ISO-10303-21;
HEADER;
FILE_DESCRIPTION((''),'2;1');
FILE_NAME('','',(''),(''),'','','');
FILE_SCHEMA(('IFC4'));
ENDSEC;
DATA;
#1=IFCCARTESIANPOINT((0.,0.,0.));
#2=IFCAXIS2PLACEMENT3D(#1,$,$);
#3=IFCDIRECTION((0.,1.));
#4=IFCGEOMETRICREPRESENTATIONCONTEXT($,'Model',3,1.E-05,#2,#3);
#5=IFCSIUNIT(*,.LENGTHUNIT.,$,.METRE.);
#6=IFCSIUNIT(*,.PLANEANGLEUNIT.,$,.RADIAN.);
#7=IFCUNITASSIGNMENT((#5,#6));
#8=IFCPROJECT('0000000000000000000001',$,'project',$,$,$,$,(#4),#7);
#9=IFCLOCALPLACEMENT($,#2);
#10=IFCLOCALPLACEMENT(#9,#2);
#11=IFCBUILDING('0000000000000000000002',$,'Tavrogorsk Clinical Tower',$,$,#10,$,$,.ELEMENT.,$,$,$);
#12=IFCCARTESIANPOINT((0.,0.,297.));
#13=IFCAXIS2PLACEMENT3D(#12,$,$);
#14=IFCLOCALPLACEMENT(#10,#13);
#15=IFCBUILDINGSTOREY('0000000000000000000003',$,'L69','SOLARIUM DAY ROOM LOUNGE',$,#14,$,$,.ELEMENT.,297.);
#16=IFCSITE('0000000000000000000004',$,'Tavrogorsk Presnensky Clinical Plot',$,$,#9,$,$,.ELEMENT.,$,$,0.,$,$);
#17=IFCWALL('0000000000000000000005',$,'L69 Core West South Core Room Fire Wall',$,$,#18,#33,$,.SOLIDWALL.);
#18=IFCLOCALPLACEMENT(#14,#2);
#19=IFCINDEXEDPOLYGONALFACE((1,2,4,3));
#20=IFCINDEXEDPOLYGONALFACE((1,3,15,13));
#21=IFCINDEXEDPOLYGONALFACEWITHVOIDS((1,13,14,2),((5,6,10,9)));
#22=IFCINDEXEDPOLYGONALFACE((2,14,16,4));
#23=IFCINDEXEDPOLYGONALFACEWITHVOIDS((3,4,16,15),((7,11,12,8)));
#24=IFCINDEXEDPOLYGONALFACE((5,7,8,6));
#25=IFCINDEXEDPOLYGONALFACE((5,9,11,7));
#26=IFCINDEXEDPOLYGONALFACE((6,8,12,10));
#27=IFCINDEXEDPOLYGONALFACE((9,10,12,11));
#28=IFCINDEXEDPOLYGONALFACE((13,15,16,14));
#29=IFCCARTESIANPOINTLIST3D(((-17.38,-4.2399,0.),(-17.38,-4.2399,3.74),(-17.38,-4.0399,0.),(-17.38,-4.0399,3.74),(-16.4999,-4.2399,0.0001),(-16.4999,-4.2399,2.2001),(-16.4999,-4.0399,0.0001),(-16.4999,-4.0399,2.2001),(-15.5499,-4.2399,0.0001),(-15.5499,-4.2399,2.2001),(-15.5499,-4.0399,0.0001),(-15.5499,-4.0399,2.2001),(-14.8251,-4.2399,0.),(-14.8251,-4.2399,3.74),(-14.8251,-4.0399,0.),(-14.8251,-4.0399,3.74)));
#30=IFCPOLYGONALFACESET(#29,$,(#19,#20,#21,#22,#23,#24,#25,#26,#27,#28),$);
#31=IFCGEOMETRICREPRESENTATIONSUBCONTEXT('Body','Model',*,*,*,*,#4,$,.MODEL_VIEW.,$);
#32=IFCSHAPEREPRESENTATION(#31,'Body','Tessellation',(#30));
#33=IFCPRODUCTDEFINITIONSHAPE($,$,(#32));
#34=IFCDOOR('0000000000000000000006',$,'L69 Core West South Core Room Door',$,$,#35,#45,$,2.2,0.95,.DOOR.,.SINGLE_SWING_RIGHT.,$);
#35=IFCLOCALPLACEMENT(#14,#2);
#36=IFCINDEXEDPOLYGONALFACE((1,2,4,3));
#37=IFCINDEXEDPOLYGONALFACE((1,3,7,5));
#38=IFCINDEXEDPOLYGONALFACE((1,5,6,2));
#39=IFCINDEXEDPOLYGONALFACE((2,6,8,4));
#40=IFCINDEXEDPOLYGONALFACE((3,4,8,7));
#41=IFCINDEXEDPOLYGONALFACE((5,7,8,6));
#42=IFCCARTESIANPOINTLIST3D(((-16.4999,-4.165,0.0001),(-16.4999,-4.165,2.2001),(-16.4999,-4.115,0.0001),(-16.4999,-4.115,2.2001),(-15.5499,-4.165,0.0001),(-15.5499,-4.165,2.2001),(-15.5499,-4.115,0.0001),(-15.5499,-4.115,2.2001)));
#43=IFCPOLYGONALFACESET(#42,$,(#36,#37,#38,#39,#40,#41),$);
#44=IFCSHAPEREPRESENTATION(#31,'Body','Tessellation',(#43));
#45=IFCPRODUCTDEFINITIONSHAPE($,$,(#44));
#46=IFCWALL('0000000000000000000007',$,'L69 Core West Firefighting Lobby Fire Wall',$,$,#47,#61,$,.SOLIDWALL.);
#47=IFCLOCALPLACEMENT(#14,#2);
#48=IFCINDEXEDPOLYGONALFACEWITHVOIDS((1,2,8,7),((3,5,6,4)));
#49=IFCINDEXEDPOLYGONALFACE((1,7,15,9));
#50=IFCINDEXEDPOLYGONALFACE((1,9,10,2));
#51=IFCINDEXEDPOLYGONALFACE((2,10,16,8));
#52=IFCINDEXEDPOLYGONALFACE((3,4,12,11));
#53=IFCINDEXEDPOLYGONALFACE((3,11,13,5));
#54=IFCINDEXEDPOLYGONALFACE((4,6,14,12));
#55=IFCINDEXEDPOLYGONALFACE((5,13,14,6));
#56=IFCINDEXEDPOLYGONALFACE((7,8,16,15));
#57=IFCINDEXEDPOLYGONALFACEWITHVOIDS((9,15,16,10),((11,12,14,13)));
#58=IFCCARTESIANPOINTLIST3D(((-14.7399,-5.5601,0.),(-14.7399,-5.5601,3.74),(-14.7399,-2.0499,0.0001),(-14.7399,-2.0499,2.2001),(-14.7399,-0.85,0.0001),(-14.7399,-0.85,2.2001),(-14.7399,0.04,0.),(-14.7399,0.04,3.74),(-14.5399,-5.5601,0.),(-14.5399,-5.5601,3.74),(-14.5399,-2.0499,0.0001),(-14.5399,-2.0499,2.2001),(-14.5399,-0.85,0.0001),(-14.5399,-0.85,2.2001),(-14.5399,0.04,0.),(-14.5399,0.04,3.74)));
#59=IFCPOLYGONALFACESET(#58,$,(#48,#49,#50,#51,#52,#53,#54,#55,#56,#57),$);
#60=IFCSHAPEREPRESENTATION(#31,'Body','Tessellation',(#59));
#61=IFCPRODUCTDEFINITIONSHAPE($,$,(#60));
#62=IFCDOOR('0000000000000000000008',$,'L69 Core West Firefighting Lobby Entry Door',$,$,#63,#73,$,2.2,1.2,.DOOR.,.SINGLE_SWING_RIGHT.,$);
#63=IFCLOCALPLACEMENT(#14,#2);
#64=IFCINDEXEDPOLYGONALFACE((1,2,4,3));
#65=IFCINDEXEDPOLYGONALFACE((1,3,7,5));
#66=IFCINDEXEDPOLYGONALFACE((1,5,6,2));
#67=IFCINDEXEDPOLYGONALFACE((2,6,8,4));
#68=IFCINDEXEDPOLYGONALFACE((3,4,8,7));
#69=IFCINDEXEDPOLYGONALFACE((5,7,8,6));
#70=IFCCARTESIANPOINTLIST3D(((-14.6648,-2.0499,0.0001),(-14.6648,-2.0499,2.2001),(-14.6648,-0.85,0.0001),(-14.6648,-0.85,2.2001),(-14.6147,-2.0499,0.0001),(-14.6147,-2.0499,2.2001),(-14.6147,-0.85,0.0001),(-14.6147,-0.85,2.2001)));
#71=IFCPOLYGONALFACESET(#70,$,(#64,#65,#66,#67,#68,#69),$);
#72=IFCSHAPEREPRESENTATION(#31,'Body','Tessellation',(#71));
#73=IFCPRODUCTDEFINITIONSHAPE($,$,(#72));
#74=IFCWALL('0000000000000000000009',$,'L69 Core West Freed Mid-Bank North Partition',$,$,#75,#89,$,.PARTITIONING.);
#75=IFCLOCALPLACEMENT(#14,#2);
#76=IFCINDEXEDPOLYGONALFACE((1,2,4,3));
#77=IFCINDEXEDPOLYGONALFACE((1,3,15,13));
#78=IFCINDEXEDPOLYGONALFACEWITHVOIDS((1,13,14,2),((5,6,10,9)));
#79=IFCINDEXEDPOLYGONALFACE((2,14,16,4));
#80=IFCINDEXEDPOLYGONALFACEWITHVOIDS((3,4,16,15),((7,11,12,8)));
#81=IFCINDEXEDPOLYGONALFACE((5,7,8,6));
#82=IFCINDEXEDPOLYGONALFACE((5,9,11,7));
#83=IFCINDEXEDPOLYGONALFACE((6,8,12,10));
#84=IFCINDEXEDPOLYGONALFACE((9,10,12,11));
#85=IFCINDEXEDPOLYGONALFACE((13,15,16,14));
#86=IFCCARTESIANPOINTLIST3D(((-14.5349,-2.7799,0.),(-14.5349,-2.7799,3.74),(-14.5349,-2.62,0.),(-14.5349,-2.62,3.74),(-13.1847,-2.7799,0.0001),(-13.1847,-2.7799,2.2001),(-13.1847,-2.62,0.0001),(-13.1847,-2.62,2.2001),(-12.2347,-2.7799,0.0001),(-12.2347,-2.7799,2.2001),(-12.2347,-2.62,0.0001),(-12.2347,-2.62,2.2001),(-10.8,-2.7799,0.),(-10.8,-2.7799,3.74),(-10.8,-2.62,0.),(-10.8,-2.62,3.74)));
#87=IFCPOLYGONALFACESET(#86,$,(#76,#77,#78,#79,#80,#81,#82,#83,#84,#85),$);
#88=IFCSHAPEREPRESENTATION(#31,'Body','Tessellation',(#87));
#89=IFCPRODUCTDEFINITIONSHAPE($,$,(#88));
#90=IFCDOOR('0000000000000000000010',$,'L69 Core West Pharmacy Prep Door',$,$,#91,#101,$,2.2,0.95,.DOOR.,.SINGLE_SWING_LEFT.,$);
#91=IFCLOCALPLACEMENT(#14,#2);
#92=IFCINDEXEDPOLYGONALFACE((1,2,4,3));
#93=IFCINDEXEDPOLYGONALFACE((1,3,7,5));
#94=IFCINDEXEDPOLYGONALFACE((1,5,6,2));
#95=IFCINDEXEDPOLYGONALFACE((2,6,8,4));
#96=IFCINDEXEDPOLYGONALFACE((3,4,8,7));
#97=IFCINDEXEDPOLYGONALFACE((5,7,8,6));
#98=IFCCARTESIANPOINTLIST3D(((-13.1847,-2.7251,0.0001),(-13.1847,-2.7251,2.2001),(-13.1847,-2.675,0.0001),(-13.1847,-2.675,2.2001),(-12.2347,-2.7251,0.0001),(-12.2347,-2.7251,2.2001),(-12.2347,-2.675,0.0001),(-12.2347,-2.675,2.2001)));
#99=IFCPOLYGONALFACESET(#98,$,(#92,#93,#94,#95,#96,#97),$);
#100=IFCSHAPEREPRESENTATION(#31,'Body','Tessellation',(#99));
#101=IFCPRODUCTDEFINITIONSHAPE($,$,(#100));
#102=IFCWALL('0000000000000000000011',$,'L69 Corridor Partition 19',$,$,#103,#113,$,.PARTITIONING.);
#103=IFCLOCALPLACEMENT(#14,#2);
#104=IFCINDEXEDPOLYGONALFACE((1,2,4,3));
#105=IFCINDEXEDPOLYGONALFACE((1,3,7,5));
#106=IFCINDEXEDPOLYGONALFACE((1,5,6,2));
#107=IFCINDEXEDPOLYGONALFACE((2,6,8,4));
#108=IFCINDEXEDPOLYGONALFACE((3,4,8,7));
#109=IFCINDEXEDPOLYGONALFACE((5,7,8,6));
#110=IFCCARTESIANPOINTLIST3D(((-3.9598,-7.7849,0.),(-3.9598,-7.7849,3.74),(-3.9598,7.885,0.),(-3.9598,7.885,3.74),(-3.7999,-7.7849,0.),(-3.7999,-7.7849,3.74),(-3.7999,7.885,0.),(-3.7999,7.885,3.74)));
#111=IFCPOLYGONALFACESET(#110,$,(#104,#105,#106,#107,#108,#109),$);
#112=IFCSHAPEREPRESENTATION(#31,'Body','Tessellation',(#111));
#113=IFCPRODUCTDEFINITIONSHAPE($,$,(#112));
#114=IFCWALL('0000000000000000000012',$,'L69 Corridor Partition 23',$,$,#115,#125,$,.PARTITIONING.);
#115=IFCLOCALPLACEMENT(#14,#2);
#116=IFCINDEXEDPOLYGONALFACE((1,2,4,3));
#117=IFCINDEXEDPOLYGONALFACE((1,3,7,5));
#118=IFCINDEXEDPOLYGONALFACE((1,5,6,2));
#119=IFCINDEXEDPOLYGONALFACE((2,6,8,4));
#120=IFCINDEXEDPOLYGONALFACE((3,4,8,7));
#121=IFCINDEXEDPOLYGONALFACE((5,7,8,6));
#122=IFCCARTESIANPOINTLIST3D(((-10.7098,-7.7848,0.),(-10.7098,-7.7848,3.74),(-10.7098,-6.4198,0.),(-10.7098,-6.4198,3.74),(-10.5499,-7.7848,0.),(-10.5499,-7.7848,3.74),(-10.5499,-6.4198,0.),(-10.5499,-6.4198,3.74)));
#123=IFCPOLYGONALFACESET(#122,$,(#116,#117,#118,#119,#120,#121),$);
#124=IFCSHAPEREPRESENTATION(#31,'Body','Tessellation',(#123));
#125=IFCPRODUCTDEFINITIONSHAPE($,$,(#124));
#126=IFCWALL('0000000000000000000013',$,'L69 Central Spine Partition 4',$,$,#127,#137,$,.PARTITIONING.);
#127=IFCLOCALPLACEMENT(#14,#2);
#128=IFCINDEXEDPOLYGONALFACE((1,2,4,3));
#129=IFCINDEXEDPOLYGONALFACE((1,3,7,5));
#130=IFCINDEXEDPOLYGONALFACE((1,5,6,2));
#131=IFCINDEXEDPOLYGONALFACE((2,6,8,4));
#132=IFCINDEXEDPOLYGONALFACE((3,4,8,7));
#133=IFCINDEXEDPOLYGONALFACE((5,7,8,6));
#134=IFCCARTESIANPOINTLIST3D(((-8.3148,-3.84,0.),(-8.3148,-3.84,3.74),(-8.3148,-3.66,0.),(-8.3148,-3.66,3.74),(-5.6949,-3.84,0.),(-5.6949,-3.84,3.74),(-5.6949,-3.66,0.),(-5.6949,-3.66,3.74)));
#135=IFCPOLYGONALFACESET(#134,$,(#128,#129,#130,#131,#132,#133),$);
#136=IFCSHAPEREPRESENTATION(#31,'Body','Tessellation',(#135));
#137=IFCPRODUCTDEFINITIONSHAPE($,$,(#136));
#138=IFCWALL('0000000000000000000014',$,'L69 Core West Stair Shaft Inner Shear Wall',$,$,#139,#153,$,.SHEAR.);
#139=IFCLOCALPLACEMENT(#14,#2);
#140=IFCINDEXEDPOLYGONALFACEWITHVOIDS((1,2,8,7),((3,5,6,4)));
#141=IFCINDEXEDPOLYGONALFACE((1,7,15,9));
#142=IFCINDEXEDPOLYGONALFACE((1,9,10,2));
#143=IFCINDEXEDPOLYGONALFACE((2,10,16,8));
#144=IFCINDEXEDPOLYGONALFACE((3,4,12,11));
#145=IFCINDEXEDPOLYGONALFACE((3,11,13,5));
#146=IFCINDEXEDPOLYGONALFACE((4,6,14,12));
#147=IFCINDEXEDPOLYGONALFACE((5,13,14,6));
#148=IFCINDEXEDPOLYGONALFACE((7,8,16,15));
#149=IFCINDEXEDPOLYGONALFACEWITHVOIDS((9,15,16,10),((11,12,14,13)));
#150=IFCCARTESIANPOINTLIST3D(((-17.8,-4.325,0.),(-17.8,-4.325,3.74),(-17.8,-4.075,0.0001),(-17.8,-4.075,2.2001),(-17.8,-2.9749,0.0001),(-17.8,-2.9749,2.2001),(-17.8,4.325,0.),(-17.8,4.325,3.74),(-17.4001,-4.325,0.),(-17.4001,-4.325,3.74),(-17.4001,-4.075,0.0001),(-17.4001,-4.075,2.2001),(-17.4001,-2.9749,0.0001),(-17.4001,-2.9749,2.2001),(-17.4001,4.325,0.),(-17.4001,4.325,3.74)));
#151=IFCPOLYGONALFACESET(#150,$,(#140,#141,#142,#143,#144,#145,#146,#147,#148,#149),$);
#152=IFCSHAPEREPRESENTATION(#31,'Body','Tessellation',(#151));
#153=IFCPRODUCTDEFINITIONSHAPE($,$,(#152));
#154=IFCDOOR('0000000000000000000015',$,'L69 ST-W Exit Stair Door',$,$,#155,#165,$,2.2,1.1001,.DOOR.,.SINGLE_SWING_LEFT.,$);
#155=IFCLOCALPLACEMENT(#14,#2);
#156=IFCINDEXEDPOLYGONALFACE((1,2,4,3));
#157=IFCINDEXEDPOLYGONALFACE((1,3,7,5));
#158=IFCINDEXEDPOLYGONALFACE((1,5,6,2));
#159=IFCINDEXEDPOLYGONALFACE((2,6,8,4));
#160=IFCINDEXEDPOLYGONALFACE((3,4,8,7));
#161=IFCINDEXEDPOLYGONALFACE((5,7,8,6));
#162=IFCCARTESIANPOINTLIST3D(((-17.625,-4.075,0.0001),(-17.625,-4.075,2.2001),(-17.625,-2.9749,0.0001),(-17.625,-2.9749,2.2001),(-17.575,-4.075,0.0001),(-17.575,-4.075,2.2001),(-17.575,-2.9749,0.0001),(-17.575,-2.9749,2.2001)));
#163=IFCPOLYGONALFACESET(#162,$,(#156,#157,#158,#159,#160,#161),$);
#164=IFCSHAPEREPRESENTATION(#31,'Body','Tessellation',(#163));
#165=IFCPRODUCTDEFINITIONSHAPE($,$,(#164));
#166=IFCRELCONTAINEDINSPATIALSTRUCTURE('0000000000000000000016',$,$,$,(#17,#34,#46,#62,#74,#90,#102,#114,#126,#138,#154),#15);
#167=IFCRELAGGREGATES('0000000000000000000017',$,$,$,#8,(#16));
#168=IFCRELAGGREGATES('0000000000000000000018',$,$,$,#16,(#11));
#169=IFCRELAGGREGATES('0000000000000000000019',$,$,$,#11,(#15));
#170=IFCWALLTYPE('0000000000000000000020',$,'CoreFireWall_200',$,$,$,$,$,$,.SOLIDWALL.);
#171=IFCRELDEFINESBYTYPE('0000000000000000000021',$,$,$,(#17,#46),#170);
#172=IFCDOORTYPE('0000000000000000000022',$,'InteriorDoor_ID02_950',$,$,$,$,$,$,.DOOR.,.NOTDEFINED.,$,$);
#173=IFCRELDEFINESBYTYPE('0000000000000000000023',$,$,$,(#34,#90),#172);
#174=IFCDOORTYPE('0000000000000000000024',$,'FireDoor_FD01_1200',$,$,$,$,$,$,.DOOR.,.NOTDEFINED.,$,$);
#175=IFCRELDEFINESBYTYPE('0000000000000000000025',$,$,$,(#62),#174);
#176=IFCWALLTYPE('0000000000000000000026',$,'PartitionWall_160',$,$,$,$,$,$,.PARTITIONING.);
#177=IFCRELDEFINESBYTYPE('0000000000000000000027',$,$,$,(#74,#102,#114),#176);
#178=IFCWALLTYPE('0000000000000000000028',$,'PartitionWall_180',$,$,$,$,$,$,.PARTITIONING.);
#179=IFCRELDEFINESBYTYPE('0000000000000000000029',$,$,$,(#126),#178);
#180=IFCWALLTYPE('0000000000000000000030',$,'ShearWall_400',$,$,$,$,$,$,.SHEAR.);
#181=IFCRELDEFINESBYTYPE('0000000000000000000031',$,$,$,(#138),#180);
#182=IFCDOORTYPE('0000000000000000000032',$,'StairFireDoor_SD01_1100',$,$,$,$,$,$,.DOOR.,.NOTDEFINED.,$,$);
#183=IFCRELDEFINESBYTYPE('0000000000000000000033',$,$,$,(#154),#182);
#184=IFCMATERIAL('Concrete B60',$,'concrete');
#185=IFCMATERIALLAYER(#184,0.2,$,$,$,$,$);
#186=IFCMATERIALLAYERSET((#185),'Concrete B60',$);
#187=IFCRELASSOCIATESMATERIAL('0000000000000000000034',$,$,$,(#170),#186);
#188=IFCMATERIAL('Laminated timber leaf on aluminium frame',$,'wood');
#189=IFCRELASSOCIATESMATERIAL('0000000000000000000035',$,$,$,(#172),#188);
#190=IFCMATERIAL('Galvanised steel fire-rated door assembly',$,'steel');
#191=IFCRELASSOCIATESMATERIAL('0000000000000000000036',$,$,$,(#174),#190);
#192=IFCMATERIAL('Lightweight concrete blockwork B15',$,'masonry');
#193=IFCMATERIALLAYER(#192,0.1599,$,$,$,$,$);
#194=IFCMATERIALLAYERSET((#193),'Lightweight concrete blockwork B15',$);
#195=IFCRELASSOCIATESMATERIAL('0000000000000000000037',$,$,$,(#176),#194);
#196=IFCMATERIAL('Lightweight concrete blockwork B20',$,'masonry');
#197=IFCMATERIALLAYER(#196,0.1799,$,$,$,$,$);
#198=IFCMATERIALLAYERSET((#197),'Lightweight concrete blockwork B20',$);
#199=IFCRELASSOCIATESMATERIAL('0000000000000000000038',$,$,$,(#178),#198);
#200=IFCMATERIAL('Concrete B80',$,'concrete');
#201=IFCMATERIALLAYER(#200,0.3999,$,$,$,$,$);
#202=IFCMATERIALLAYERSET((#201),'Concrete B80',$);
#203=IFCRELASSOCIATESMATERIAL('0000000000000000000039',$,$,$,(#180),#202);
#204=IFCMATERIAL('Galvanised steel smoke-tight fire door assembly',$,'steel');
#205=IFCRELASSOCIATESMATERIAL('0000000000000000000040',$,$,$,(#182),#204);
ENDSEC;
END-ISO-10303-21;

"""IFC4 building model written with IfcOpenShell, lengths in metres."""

from ifc_helpers import new_model, si_unit, direction, frame, frame_2d, origin, place, context, subcontext, project, spatial, rectangle, extrude, material, layer, layer_set, type_object, element, fill, save


model = new_model("IFC4")

# Units and contexts
model_context = context("Model", 3, precision=1e-05, world=origin(), true_north=direction((0.0, 1.0)))
body_context = subcontext(model_context, "Body", "Model", "MODEL_VIEW")
ifc_project = project(units=[si_unit("LENGTHUNIT", "METRE"), si_unit("PLANEANGLEUNIT", "RADIAN")], contexts=[model_context])

# Site, building, storey
site_placement = place(None, origin())
site = spatial("IfcSite", under=ifc_project, at=site_placement, Name="Tavrogorsk Presnensky Clinical Plot", CompositionType="ELEMENT", RefElevation=0.0)
building_placement = place(site_placement, origin())
building = spatial("IfcBuilding", under=site, at=building_placement, Name="Tavrogorsk Clinical Tower", CompositionType="ELEMENT")
storey_placement = place(building_placement, frame((0.0, 0.0, 297.0)))
storey = spatial("IfcBuildingStorey", under=building, at=storey_placement, Name="L69", Description="SOLARIUM DAY ROOM LOUNGE", CompositionType="ELEMENT", Elevation=297.0)

# Walls, openings, doors
ifc_material_1 = material(Name="Concrete B60", Category="concrete")
ifc_layer_1 = layer(ifc_material_1, 0.2)
ifc_layer_set_1 = layer_set([ifc_layer_1], Name="Concrete B60")
wall_type_1 = type_object("IfcWallType", Name="CoreFireWall_200", PredefinedType="SOLIDWALL", material=ifc_layer_set_1)
wall_1_placement = place(storey_placement, frame((-17.3799, -4.1399, 0.0), z_axis=(0.0, 0.0, 1.0), x_axis=(1.0, 0.0, 0.0)))
wall_1 = element("IfcWall", 1, at=wall_1_placement, inside=storey, type_object=wall_type_1, Name="L69 Core West South Core Room Fire Wall", PredefinedType="SOLIDWALL", context=body_context, shape_type="SweptSolid", body=[
    extrude(rectangle(XDim=2.5549, YDim=0.2, at=frame_2d((1.2773, 0.0))), origin(), (0.0, 0.0, 1.0), 3.74),
])
opening_1_placement = place(wall_1_placement, frame((0.8799, 0.0, 0.0)))
opening_1 = element("IfcOpeningElement", 2, at=opening_1_placement, cuts=wall_1, PredefinedType="OPENING", context=body_context, shape_type="SweptSolid", body=[
    extrude(rectangle(XDim=0.95, YDim=2.2, at=frame_2d((0.4751, 1.1001))), frame((0.0, 0.1099, 0.0), z_axis=(0.0, -1.0, 0.0), x_axis=(1.0, 0.0, 0.0)), (0.0, 0.0, 1.0), 0.22),
])
ifc_material_2 = material(Name="Laminated timber leaf on aluminium frame", Category="wood")
door_type_1 = type_object("IfcDoorType", Name="InteriorDoor_ID02_950", OperationType="NOTDEFINED", PredefinedType="DOOR", material=ifc_material_2)
door_1_placement = place(opening_1_placement, origin())
door_1 = element("IfcDoor", 3, at=door_1_placement, inside=storey, type_object=door_type_1, Name="L69 Core West South Core Room Door", OperationType="SINGLE_SWING_RIGHT", OverallHeight=2.2, OverallWidth=0.95, PredefinedType="DOOR", context=body_context, shape_type="SweptSolid", body=[
    extrude(rectangle(XDim=0.95, YDim=2.2, at=frame_2d((0.4751, 1.1001))), frame((0.0, 0.0249, 0.0), z_axis=(0.0, -1.0, 0.0), x_axis=(1.0, 0.0, 0.0)), (0.0, 0.0, 1.0), 0.05),
])
fill(opening_1, door_1)
wall_2_placement = place(storey_placement, frame((-14.6399, -5.5601, 0.0), z_axis=(0.0, 0.0, 1.0), x_axis=(0.0, 1.0, 0.0)))
wall_2 = element("IfcWall", 4, at=wall_2_placement, inside=storey, type_object=wall_type_1, Name="L69 Core West Firefighting Lobby Fire Wall", PredefinedType="SOLIDWALL", context=body_context, shape_type="SweptSolid", body=[
    extrude(rectangle(XDim=5.6001, YDim=0.2, at=frame_2d((2.8, 0.0))), origin(), (0.0, 0.0, 1.0), 3.74),
])
opening_2_placement = place(wall_2_placement, frame((3.51, 0.0, 0.0)))
opening_2 = element("IfcOpeningElement", 5, at=opening_2_placement, cuts=wall_2, PredefinedType="OPENING", context=body_context, shape_type="SweptSolid", body=[
    extrude(rectangle(XDim=1.2, YDim=2.2, at=frame_2d((0.6001, 1.1001))), frame((0.0, 0.1099, 0.0), z_axis=(0.0, -1.0, 0.0), x_axis=(1.0, 0.0, 0.0)), (0.0, 0.0, 1.0), 0.22),
])
ifc_material_3 = material(Name="Galvanised steel fire-rated door assembly", Category="steel")
door_type_2 = type_object("IfcDoorType", Name="FireDoor_FD01_1200", OperationType="NOTDEFINED", PredefinedType="DOOR", material=ifc_material_3)
door_2_placement = place(opening_2_placement, origin())
door_2 = element("IfcDoor", 6, at=door_2_placement, inside=storey, type_object=door_type_2, Name="L69 Core West Firefighting Lobby Entry Door", OperationType="SINGLE_SWING_RIGHT", OverallHeight=2.2, OverallWidth=1.2, PredefinedType="DOOR", context=body_context, shape_type="SweptSolid", body=[
    extrude(rectangle(XDim=1.2, YDim=2.2, at=frame_2d((0.6001, 1.1001))), frame((0.0, 0.0249, 0.0), z_axis=(0.0, -1.0, 0.0), x_axis=(1.0, 0.0, 0.0)), (0.0, 0.0, 1.0), 0.05),
])
fill(opening_2, door_2)
ifc_material_4 = material(Name="Lightweight concrete blockwork B15", Category="masonry")
ifc_layer_2 = layer(ifc_material_4, 0.1599)
ifc_layer_set_2 = layer_set([ifc_layer_2], Name="Lightweight concrete blockwork B15")
wall_type_2 = type_object("IfcWallType", Name="PartitionWall_160", PredefinedType="PARTITIONING", material=ifc_layer_set_2)
wall_3_placement = place(storey_placement, frame((-14.5349, -2.7, 0.0), z_axis=(0.0, 0.0, 1.0), x_axis=(1.0, 0.0, 0.0)))
wall_3 = element("IfcWall", 7, at=wall_3_placement, inside=storey, type_object=wall_type_2, Name="L69 Core West Freed Mid-Bank North Partition", PredefinedType="PARTITIONING", context=body_context, shape_type="SweptSolid", body=[
    extrude(rectangle(XDim=3.7349, YDim=0.1599, at=frame_2d((1.8674, 0.0))), origin(), (0.0, 0.0, 1.0), 3.74),
])
opening_3_placement = place(wall_3_placement, frame((1.3501, 0.0, 0.0)))
opening_3 = element("IfcOpeningElement", 8, at=opening_3_placement, cuts=wall_3, PredefinedType="OPENING", context=body_context, shape_type="SweptSolid", body=[
    extrude(rectangle(XDim=0.95, YDim=2.2, at=frame_2d((0.4751, 1.1001))), frame((0.0, 0.0898, 0.0), z_axis=(0.0, -1.0, 0.0), x_axis=(1.0, 0.0, 0.0)), (0.0, 0.0, 1.0), 0.1799),
])
door_3_placement = place(opening_3_placement, origin())
door_3 = element("IfcDoor", 9, at=door_3_placement, inside=storey, type_object=door_type_1, Name="L69 Core West Pharmacy Prep Door", OperationType="SINGLE_SWING_LEFT", OverallHeight=2.2, OverallWidth=0.95, PredefinedType="DOOR", context=body_context, shape_type="SweptSolid", body=[
    extrude(rectangle(XDim=0.95, YDim=2.2, at=frame_2d((0.4751, 1.1001))), frame((0.0, 0.0249, 0.0), z_axis=(0.0, -1.0, 0.0), x_axis=(1.0, 0.0, 0.0)), (0.0, 0.0, 1.0), 0.05),
])
fill(opening_3, door_3)

# Walls
wall_4_placement = place(storey_placement, frame((-3.8799, -7.7849, 0.0), z_axis=(0.0, 0.0, 1.0), x_axis=(0.0, 1.0, 0.0)))
element("IfcWall", 10, at=wall_4_placement, inside=storey, type_object=wall_type_2, Name="L69 Corridor Partition 19", PredefinedType="PARTITIONING", context=body_context, shape_type="SweptSolid", body=[
    extrude(rectangle(XDim=15.6699, YDim=0.1599, at=frame_2d((7.835, 0.0))), origin(), (0.0, 0.0, 1.0), 3.74),
])
wall_5_placement = place(storey_placement, frame((-10.6299, -7.7849, 0.0), z_axis=(0.0, 0.0, 1.0), x_axis=(0.0, 1.0, 0.0)))
element("IfcWall", 11, at=wall_5_placement, inside=storey, type_object=wall_type_2, Name="L69 Corridor Partition 23", PredefinedType="PARTITIONING", context=body_context, shape_type="SweptSolid", body=[
    extrude(rectangle(XDim=1.365, YDim=0.1599, at=frame_2d((0.6826, 0.0))), origin(), (0.0, 0.0, 1.0), 3.74),
])
ifc_material_5 = material(Name="Lightweight concrete blockwork B20", Category="masonry")
ifc_layer_3 = layer(ifc_material_5, 0.1799)
ifc_layer_set_3 = layer_set([ifc_layer_3], Name="Lightweight concrete blockwork B20")
wall_type_3 = type_object("IfcWallType", Name="PartitionWall_180", PredefinedType="PARTITIONING", material=ifc_layer_set_3)
wall_6_placement = place(storey_placement, frame((-8.3149, -3.75, 0.0), z_axis=(0.0, 0.0, 1.0), x_axis=(1.0, 0.0, 0.0)))
element("IfcWall", 12, at=wall_6_placement, inside=storey, type_object=wall_type_3, Name="L69 Central Spine Partition 4", PredefinedType="PARTITIONING", context=body_context, shape_type="SweptSolid", body=[
    extrude(rectangle(XDim=2.6199, YDim=0.1799, at=frame_2d((1.3101, 0.0))), origin(), (0.0, 0.0, 1.0), 3.74),
])

# Wall, opening, door
ifc_material_6 = material(Name="Concrete B80", Category="concrete")
ifc_layer_4 = layer(ifc_material_6, 0.3999)
ifc_layer_set_4 = layer_set([ifc_layer_4], Name="Concrete B80")
wall_type_4 = type_object("IfcWallType", Name="ShearWall_400", PredefinedType="SHEAR", material=ifc_layer_set_4)
wall_7_placement = place(storey_placement, frame((-17.6001, -4.325, 0.0), z_axis=(0.0, 0.0, 1.0), x_axis=(0.0, 1.0, 0.0)))
wall_7 = element("IfcWall", 13, at=wall_7_placement, inside=storey, type_object=wall_type_4, Name="L69 Core West Stair Shaft Inner Shear Wall", PredefinedType="SHEAR", context=body_context, shape_type="SweptSolid", body=[
    extrude(rectangle(XDim=8.6499, YDim=0.3999, at=frame_2d((4.325, 0.0))), origin(), (0.0, 0.0, 1.0), 3.74),
])
opening_4_placement = place(wall_7_placement, frame((0.25, 0.0, 0.0)))
opening_4 = element("IfcOpeningElement", 14, at=opening_4_placement, cuts=wall_7, PredefinedType="OPENING", context=body_context, shape_type="SweptSolid", body=[
    extrude(rectangle(XDim=1.1001, YDim=2.2, at=frame_2d((0.55, 1.1001))), frame((0.0, 0.21, 0.0), z_axis=(0.0, -1.0, 0.0), x_axis=(1.0, 0.0, 0.0)), (0.0, 0.0, 1.0), 0.4199),
])
ifc_material_7 = material(Name="Galvanised steel smoke-tight fire door assembly", Category="steel")
door_type_3 = type_object("IfcDoorType", Name="StairFireDoor_SD01_1100", OperationType="NOTDEFINED", PredefinedType="DOOR", material=ifc_material_7)
door_4_placement = place(opening_4_placement, origin())
door_4 = element("IfcDoor", 15, at=door_4_placement, inside=storey, type_object=door_type_3, Name="L69 ST-W Exit Stair Door", OperationType="SINGLE_SWING_LEFT", OverallHeight=2.2, OverallWidth=1.1001, PredefinedType="DOOR", context=body_context, shape_type="SweptSolid", body=[
    extrude(rectangle(XDim=1.1001, YDim=2.2, at=frame_2d((0.55, 1.1001))), frame((0.0, 0.0249, 0.0), z_axis=(0.0, -1.0, 0.0), x_axis=(1.0, 0.0, 0.0)), (0.0, 0.0, 1.0), 0.05),
])
fill(opening_4, door_4)

save(model, "model.ifc")
